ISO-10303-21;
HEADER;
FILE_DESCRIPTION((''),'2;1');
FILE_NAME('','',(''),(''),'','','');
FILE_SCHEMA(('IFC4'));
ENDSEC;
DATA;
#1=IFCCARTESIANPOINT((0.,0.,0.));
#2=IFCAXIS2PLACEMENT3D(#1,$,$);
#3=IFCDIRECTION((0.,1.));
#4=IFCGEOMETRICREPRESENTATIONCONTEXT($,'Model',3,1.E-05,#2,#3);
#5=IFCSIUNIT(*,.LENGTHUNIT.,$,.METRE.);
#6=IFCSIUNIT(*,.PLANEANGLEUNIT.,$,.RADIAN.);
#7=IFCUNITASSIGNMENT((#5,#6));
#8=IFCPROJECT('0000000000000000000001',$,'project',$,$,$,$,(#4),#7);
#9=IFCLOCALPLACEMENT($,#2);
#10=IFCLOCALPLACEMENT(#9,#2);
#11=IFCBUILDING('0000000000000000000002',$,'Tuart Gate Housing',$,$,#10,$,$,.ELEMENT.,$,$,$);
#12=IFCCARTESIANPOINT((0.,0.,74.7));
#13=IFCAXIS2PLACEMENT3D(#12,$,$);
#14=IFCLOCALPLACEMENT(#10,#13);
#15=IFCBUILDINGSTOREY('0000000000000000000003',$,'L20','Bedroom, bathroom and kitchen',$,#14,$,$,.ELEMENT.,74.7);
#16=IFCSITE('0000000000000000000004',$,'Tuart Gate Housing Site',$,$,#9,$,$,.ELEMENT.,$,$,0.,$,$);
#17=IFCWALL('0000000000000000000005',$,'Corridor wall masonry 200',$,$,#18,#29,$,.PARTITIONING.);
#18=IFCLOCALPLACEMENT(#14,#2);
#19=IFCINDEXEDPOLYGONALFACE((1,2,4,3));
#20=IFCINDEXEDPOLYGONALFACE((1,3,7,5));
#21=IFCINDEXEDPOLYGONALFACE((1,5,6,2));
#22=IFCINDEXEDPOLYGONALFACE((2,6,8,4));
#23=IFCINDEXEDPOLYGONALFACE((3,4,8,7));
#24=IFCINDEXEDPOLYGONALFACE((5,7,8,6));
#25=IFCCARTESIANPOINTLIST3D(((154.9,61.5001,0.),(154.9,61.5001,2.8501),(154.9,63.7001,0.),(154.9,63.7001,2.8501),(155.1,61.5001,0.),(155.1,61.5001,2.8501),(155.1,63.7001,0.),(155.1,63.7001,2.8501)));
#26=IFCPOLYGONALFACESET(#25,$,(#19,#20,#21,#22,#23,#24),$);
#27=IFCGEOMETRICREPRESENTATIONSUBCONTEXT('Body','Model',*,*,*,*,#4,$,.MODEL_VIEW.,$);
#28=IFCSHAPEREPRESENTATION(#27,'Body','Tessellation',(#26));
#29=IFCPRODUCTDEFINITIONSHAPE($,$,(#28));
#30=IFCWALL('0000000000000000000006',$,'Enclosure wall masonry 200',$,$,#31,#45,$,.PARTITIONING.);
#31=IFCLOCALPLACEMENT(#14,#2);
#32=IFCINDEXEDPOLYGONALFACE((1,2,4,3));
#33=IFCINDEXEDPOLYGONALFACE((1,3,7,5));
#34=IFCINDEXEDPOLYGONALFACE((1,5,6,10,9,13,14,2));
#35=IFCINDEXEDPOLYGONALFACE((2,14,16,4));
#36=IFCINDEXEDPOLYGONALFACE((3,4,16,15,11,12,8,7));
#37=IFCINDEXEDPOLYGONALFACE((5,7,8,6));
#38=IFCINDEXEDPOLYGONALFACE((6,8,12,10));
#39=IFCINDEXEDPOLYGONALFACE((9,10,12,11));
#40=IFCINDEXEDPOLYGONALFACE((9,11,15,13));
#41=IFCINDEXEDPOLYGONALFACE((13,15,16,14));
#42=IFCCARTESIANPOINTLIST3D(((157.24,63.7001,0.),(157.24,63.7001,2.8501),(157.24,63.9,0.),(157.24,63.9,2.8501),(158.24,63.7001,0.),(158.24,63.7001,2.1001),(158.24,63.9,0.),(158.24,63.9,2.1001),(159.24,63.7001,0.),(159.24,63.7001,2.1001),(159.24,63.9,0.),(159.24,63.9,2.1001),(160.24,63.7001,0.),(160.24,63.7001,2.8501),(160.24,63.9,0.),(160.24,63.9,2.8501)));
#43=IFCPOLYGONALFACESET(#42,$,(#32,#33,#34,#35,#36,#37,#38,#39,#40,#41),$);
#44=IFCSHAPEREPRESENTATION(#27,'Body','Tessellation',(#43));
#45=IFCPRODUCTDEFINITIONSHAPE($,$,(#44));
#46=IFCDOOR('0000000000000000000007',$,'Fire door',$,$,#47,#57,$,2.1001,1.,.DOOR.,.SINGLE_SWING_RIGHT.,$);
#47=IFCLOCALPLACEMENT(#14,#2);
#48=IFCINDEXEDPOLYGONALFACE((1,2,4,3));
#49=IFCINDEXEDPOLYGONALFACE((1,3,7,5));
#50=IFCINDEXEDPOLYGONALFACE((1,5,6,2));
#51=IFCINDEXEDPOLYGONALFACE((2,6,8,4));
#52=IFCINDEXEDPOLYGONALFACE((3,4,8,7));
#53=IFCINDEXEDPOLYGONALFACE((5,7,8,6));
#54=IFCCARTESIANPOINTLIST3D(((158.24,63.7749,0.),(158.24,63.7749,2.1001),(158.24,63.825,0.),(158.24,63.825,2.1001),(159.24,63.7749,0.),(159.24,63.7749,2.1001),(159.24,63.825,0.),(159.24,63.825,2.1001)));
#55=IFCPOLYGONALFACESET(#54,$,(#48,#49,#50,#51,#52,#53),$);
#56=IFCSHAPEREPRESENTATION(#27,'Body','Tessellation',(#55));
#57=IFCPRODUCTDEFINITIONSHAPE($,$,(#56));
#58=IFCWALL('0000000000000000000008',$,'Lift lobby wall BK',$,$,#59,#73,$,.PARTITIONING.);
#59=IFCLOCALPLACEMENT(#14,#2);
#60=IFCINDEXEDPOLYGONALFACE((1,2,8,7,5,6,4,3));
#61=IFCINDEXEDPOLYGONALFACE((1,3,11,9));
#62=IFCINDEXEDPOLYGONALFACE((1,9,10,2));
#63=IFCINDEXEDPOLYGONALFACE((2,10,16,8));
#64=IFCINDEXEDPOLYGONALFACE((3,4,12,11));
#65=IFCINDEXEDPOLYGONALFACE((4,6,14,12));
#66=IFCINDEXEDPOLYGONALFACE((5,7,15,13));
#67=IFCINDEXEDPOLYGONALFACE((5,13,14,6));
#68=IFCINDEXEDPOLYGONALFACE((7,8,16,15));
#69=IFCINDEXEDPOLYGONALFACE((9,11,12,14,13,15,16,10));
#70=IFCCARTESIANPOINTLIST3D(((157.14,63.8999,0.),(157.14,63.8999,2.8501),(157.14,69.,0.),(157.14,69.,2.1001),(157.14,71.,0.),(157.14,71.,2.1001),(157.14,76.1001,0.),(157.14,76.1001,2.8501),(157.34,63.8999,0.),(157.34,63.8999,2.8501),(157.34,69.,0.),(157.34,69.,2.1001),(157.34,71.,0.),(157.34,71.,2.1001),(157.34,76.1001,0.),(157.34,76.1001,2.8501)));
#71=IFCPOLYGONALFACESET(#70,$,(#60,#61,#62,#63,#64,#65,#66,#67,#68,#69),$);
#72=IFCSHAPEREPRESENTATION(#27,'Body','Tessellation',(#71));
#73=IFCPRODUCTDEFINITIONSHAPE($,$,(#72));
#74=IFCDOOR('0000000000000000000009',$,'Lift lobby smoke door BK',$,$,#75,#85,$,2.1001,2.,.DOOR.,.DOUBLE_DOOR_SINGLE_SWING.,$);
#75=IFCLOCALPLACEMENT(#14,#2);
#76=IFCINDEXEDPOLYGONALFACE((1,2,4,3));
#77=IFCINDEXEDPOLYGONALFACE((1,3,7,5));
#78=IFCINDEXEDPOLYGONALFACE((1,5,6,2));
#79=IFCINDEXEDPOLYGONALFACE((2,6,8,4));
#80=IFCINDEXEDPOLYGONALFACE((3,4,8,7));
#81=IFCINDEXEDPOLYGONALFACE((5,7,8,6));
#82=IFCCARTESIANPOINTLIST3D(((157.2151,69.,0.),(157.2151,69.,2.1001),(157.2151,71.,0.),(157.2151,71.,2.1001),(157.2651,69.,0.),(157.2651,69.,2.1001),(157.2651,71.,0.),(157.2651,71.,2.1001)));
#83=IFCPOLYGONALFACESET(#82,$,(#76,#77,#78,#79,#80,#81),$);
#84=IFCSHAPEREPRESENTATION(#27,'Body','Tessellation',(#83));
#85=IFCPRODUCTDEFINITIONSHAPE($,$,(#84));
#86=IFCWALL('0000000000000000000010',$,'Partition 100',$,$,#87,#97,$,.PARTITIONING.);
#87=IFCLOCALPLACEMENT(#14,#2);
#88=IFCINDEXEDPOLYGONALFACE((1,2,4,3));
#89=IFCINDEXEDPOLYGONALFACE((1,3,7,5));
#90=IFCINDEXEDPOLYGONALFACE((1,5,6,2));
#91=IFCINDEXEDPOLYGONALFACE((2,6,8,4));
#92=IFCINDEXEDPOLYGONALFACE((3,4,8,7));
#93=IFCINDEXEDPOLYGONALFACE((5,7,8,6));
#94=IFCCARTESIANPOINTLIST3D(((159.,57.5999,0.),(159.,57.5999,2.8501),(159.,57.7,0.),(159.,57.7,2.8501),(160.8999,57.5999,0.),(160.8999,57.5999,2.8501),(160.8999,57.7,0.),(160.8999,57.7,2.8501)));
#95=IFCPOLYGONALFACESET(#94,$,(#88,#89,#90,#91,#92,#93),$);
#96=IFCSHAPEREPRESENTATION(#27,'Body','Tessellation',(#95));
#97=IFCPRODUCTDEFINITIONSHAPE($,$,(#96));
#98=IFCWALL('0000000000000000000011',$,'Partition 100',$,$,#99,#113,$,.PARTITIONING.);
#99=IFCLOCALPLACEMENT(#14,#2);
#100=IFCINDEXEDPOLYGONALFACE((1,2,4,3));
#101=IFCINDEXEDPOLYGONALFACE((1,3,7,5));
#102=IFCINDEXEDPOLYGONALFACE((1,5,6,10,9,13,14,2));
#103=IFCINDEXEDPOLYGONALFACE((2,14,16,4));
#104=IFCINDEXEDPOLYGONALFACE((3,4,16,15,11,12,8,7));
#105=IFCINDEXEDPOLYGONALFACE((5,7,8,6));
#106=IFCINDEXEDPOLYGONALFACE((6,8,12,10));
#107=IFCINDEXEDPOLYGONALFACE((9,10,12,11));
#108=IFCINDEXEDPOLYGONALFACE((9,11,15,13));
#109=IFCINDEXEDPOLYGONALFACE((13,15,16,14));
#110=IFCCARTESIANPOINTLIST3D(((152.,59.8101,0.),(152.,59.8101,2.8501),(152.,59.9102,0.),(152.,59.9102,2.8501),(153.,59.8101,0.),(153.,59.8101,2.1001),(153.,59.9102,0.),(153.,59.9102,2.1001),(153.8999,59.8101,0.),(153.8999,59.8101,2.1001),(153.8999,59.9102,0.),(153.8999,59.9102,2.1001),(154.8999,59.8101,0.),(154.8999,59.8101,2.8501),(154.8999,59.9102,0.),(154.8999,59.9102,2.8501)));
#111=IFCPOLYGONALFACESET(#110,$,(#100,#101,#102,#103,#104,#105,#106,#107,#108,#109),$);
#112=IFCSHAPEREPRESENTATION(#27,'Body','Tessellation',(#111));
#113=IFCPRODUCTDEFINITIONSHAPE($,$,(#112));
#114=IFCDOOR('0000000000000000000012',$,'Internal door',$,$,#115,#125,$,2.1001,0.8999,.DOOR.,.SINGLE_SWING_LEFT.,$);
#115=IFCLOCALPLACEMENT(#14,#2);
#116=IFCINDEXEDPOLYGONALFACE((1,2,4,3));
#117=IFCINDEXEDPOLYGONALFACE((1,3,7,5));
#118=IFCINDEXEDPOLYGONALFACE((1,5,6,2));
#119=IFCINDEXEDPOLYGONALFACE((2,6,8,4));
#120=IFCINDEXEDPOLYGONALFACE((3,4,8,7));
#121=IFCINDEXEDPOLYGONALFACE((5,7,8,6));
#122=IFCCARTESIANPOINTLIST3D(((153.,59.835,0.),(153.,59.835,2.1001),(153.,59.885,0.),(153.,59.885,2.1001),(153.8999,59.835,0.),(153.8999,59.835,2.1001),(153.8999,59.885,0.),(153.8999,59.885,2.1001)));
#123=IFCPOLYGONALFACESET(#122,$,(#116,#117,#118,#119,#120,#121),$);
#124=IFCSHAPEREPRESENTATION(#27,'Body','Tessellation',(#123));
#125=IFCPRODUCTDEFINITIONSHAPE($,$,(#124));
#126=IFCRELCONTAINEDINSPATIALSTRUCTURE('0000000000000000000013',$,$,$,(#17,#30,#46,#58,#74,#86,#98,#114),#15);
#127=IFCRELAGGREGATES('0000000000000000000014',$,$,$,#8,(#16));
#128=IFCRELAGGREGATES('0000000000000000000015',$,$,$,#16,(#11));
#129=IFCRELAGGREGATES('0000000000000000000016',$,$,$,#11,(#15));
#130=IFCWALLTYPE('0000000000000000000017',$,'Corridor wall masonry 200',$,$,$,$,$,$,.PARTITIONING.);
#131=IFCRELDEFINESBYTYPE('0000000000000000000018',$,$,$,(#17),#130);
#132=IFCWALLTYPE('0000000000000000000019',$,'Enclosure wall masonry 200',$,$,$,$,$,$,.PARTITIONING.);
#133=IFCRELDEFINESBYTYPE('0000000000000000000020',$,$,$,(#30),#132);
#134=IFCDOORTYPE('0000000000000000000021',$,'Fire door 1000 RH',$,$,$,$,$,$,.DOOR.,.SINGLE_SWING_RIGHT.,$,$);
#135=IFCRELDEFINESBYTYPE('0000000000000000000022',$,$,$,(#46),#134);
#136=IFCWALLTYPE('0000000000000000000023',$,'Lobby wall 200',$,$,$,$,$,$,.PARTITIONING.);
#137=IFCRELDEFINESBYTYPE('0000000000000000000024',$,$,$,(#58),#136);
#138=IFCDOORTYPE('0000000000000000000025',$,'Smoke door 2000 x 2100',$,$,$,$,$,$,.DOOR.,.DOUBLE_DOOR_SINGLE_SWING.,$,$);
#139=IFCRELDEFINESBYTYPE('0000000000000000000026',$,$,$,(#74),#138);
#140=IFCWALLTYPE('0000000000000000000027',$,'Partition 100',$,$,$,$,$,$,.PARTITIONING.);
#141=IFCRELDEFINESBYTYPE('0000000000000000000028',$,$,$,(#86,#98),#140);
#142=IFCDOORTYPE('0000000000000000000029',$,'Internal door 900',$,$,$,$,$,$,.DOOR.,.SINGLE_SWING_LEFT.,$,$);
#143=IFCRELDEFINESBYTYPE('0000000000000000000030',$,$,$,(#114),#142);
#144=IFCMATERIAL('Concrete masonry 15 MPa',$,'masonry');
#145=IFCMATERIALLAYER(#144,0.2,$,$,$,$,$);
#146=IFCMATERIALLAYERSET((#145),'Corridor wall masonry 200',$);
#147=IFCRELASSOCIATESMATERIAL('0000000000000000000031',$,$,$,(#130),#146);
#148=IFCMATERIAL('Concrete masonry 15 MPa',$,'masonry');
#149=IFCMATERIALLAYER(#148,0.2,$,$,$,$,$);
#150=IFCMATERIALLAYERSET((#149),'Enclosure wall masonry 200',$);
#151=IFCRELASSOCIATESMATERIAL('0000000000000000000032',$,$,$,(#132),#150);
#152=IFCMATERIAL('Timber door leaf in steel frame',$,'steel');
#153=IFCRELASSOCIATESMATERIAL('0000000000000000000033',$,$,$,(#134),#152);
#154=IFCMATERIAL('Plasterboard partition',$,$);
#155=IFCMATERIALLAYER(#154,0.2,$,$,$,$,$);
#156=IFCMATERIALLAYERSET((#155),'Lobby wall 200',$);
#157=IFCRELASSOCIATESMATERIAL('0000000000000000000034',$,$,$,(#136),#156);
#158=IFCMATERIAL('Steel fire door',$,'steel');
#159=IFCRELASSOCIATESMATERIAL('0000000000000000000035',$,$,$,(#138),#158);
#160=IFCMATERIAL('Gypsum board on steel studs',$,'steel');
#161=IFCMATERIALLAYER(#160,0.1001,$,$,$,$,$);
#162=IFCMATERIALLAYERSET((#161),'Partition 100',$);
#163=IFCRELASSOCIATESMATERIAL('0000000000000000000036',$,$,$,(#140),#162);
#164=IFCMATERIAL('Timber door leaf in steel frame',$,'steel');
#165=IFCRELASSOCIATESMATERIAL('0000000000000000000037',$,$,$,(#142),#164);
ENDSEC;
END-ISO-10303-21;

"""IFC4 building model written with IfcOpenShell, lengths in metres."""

from ifc_helpers import new_model, si_unit, direction, frame, frame_2d, origin, place, context, subcontext, project, spatial, rectangle, extrude, material, layer, layer_set, type_object, element, fill, save


model = new_model("IFC4")

# Units and contexts
model_context = context("Model", 3, precision=1e-05, world=origin(), true_north=direction((0.0, 1.0)))
body_context = subcontext(model_context, "Body", "Model", "MODEL_VIEW")
ifc_project = project(units=[si_unit("LENGTHUNIT", "METRE"), si_unit("PLANEANGLEUNIT", "RADIAN")], contexts=[model_context])

# Site, building, storey
site_placement = place(None, origin())
site = spatial("IfcSite", under=ifc_project, at=site_placement, Name="Tuart Gate Housing Site", CompositionType="ELEMENT", RefElevation=0.0)
building_placement = place(site_placement, origin())
building = spatial("IfcBuilding", under=site, at=building_placement, Name="Tuart Gate Housing", CompositionType="ELEMENT")
storey_placement = place(building_placement, frame((0.0, 0.0, 74.7)))
storey = spatial("IfcBuildingStorey", under=building, at=storey_placement, Name="L20", Description="Bedroom, bathroom and kitchen", CompositionType="ELEMENT", Elevation=74.7)

# Shared definitions
ifc_material_1 = material(Name="Concrete masonry 15 MPa", Category="masonry")
ifc_layer_1 = layer(ifc_material_1, 0.2)
ifc_layer_set_1 = layer_set([ifc_layer_1], Name="Corridor wall masonry 200")
wall_type_1 = type_object("IfcWallType", Name="Corridor wall masonry 200", PredefinedType="PARTITIONING", material=ifc_layer_set_1)

# Wall
wall_1_placement = place(storey_placement, frame((155.0, 61.5, 0.0), z_axis=(0.0, 0.0, 1.0), x_axis=(0.0, 1.0, 0.0)))
element("IfcWall", 1, at=wall_1_placement, inside=storey, type_object=wall_type_1, Name="Corridor wall masonry 200", PredefinedType="PARTITIONING", context=body_context, shape_type="SweptSolid", body=[
    extrude(rectangle(XDim=2.2, YDim=0.2, at=frame_2d((1.1001, 0.0))), origin(), (0.0, 0.0, 1.0), 2.8501),
])

# Walls, openings, doors
ifc_material_2 = material(Name="Concrete masonry 15 MPa", Category="masonry")
ifc_layer_2 = layer(ifc_material_2, 0.2)
ifc_layer_set_2 = layer_set([ifc_layer_2], Name="Enclosure wall masonry 200")
wall_type_2 = type_object("IfcWallType", Name="Enclosure wall masonry 200", PredefinedType="PARTITIONING", material=ifc_layer_set_2)
wall_2_placement = place(storey_placement, frame((157.24, 63.8, 0.0), z_axis=(0.0, 0.0, 1.0), x_axis=(1.0, 0.0, 0.0)))
wall_2 = element("IfcWall", 2, at=wall_2_placement, inside=storey, type_object=wall_type_2, Name="Enclosure wall masonry 200", PredefinedType="PARTITIONING", context=body_context, shape_type="SweptSolid", body=[
    extrude(rectangle(XDim=3.0, YDim=0.2, at=frame_2d((1.5, 0.0))), origin(), (0.0, 0.0, 1.0), 2.8501),
])
opening_1_placement = place(wall_2_placement, frame((1.0, 0.0, 0.0)))
opening_1 = element("IfcOpeningElement", 3, at=opening_1_placement, cuts=wall_2, PredefinedType="OPENING", context=body_context, shape_type="SweptSolid", body=[
    extrude(rectangle(XDim=1.0, YDim=2.1001, at=frame_2d((0.5, 1.05))), frame((0.0, 0.1099, 0.0), z_axis=(0.0, -1.0, 0.0), x_axis=(1.0, 0.0, 0.0)), (0.0, 0.0, 1.0), 0.22),
])
ifc_material_3 = material(Name="Timber door leaf in steel frame", Category="steel")
door_type_1 = type_object("IfcDoorType", Name="Fire door 1000 RH", OperationType="SINGLE_SWING_RIGHT", PredefinedType="DOOR", material=ifc_material_3)
door_1_placement = place(opening_1_placement, frame((1.0, 0.0, 0.0), z_axis=(0.0, 0.0, 1.0), x_axis=(-1.0, 0.0, 0.0)))
door_1 = element("IfcDoor", 4, at=door_1_placement, inside=storey, type_object=door_type_1, Name="Fire door", OperationType="SINGLE_SWING_RIGHT", OverallHeight=2.1001, OverallWidth=1.0, PredefinedType="DOOR", context=body_context, shape_type="SweptSolid", body=[
    extrude(rectangle(XDim=1.0, YDim=2.1001, at=frame_2d((0.5, 1.05))), frame((0.0, 0.0251, 0.0), z_axis=(0.0, -1.0, 0.0), x_axis=(1.0, 0.0, 0.0)), (0.0, 0.0, 1.0), 0.05),
])
fill(opening_1, door_1)
ifc_material_4 = material(Name="Plasterboard partition")
ifc_layer_3 = layer(ifc_material_4, 0.2)
ifc_layer_set_3 = layer_set([ifc_layer_3], Name="Lobby wall 200")
wall_type_3 = type_object("IfcWallType", Name="Lobby wall 200", PredefinedType="PARTITIONING", material=ifc_layer_set_3)
wall_3_placement = place(storey_placement, frame((157.24, 63.8999, 0.0), z_axis=(0.0, 0.0, 1.0), x_axis=(0.0, 1.0, 0.0)))
wall_3 = element("IfcWall", 5, at=wall_3_placement, inside=storey, type_object=wall_type_3, Name="Lift lobby wall BK", PredefinedType="PARTITIONING", context=body_context, shape_type="SweptSolid", body=[
    extrude(rectangle(XDim=12.2002, YDim=0.2, at=frame_2d((6.1001, 0.0))), origin(), (0.0, 0.0, 1.0), 2.8501),
])
opening_2_placement = place(wall_3_placement, frame((5.1001, 0.0, 0.0)))
opening_2 = element("IfcOpeningElement", 6, at=opening_2_placement, cuts=wall_3, PredefinedType="OPENING", context=body_context, shape_type="SweptSolid", body=[
    extrude(rectangle(XDim=2.0, YDim=2.1001, at=frame_2d((1.0, 1.05))), frame((0.0, 0.1099, 0.0), z_axis=(0.0, -1.0, 0.0), x_axis=(1.0, 0.0, 0.0)), (0.0, 0.0, 1.0), 0.22),
])
ifc_material_5 = material(Name="Steel fire door", Category="steel")
door_type_2 = type_object("IfcDoorType", Name="Smoke door 2000 x 2100", OperationType="DOUBLE_DOOR_SINGLE_SWING", PredefinedType="DOOR", material=ifc_material_5)
door_2_placement = place(opening_2_placement, frame((2.0, 0.0, 0.0), z_axis=(0.0, 0.0, 1.0), x_axis=(-1.0, 0.0, 0.0)))
door_2 = element("IfcDoor", 7, at=door_2_placement, inside=storey, type_object=door_type_2, Name="Lift lobby smoke door BK", OperationType="DOUBLE_DOOR_SINGLE_SWING", OverallHeight=2.1001, OverallWidth=2.0, PredefinedType="DOOR", context=body_context, shape_type="SweptSolid", body=[
    extrude(rectangle(XDim=2.0, YDim=2.1001, at=frame_2d((1.0, 1.05))), frame((0.0, 0.0251, 0.0), z_axis=(0.0, -1.0, 0.0), x_axis=(1.0, 0.0, 0.0)), (0.0, 0.0, 1.0), 0.05),
])
fill(opening_2, door_2)

# Wall
ifc_material_6 = material(Name="Gypsum board on steel studs", Category="steel")
ifc_layer_4 = layer(ifc_material_6, 0.1001)
ifc_layer_set_4 = layer_set([ifc_layer_4], Name="Partition 100")
wall_type_4 = type_object("IfcWallType", Name="Partition 100", PredefinedType="PARTITIONING", material=ifc_layer_set_4)
wall_4_placement = place(storey_placement, frame((159.0, 57.6499, 0.0), z_axis=(0.0, 0.0, 1.0), x_axis=(1.0, 0.0, 0.0)))
element("IfcWall", 8, at=wall_4_placement, inside=storey, type_object=wall_type_4, Name="Partition 100", PredefinedType="PARTITIONING", context=body_context, shape_type="SweptSolid", body=[
    extrude(rectangle(XDim=1.8999, YDim=0.1001, at=frame_2d((0.95, 0.0))), origin(), (0.0, 0.0, 1.0), 2.8501),
])

# Wall, opening, door
wall_5_placement = place(storey_placement, frame((152.0, 59.8601, 0.0), z_axis=(0.0, 0.0, 1.0), x_axis=(1.0, 0.0, 0.0)))
wall_5 = element("IfcWall", 9, at=wall_5_placement, inside=storey, type_object=wall_type_4, Name="Partition 100", PredefinedType="PARTITIONING", context=body_context, shape_type="SweptSolid", body=[
    extrude(rectangle(XDim=2.8999, YDim=0.1001, at=frame_2d((1.45, 0.0))), origin(), (0.0, 0.0, 1.0), 2.8501),
])
opening_3_placement = place(wall_5_placement, frame((1.0, 0.0, 0.0)))
opening_3 = element("IfcOpeningElement", 10, at=opening_3_placement, cuts=wall_5, PredefinedType="OPENING", context=body_context, shape_type="SweptSolid", body=[
    extrude(rectangle(XDim=0.8999, YDim=2.1001, at=frame_2d((0.45, 1.05))), frame((0.0, 0.0601, 0.0), z_axis=(0.0, -1.0, 0.0), x_axis=(1.0, 0.0, 0.0)), (0.0, 0.0, 1.0), 0.1201),
])
ifc_material_7 = material(Name="Timber door leaf in steel frame", Category="steel")
door_type_3 = type_object("IfcDoorType", Name="Internal door 900", OperationType="SINGLE_SWING_LEFT", PredefinedType="DOOR", material=ifc_material_7)
door_3_placement = place(opening_3_placement, origin())
door_3 = element("IfcDoor", 11, at=door_3_placement, inside=storey, type_object=door_type_3, Name="Internal door", OperationType="SINGLE_SWING_LEFT", OverallHeight=2.1001, OverallWidth=0.8999, PredefinedType="DOOR", context=body_context, shape_type="SweptSolid", body=[
    extrude(rectangle(XDim=0.8999, YDim=2.1001, at=frame_2d((0.45, 1.05))), frame((0.0, 0.0249, 0.0), z_axis=(0.0, -1.0, 0.0), x_axis=(1.0, 0.0, 0.0)), (0.0, 0.0, 1.0), 0.05),
])
fill(opening_3, door_3)

save(model, "model.ifc")
